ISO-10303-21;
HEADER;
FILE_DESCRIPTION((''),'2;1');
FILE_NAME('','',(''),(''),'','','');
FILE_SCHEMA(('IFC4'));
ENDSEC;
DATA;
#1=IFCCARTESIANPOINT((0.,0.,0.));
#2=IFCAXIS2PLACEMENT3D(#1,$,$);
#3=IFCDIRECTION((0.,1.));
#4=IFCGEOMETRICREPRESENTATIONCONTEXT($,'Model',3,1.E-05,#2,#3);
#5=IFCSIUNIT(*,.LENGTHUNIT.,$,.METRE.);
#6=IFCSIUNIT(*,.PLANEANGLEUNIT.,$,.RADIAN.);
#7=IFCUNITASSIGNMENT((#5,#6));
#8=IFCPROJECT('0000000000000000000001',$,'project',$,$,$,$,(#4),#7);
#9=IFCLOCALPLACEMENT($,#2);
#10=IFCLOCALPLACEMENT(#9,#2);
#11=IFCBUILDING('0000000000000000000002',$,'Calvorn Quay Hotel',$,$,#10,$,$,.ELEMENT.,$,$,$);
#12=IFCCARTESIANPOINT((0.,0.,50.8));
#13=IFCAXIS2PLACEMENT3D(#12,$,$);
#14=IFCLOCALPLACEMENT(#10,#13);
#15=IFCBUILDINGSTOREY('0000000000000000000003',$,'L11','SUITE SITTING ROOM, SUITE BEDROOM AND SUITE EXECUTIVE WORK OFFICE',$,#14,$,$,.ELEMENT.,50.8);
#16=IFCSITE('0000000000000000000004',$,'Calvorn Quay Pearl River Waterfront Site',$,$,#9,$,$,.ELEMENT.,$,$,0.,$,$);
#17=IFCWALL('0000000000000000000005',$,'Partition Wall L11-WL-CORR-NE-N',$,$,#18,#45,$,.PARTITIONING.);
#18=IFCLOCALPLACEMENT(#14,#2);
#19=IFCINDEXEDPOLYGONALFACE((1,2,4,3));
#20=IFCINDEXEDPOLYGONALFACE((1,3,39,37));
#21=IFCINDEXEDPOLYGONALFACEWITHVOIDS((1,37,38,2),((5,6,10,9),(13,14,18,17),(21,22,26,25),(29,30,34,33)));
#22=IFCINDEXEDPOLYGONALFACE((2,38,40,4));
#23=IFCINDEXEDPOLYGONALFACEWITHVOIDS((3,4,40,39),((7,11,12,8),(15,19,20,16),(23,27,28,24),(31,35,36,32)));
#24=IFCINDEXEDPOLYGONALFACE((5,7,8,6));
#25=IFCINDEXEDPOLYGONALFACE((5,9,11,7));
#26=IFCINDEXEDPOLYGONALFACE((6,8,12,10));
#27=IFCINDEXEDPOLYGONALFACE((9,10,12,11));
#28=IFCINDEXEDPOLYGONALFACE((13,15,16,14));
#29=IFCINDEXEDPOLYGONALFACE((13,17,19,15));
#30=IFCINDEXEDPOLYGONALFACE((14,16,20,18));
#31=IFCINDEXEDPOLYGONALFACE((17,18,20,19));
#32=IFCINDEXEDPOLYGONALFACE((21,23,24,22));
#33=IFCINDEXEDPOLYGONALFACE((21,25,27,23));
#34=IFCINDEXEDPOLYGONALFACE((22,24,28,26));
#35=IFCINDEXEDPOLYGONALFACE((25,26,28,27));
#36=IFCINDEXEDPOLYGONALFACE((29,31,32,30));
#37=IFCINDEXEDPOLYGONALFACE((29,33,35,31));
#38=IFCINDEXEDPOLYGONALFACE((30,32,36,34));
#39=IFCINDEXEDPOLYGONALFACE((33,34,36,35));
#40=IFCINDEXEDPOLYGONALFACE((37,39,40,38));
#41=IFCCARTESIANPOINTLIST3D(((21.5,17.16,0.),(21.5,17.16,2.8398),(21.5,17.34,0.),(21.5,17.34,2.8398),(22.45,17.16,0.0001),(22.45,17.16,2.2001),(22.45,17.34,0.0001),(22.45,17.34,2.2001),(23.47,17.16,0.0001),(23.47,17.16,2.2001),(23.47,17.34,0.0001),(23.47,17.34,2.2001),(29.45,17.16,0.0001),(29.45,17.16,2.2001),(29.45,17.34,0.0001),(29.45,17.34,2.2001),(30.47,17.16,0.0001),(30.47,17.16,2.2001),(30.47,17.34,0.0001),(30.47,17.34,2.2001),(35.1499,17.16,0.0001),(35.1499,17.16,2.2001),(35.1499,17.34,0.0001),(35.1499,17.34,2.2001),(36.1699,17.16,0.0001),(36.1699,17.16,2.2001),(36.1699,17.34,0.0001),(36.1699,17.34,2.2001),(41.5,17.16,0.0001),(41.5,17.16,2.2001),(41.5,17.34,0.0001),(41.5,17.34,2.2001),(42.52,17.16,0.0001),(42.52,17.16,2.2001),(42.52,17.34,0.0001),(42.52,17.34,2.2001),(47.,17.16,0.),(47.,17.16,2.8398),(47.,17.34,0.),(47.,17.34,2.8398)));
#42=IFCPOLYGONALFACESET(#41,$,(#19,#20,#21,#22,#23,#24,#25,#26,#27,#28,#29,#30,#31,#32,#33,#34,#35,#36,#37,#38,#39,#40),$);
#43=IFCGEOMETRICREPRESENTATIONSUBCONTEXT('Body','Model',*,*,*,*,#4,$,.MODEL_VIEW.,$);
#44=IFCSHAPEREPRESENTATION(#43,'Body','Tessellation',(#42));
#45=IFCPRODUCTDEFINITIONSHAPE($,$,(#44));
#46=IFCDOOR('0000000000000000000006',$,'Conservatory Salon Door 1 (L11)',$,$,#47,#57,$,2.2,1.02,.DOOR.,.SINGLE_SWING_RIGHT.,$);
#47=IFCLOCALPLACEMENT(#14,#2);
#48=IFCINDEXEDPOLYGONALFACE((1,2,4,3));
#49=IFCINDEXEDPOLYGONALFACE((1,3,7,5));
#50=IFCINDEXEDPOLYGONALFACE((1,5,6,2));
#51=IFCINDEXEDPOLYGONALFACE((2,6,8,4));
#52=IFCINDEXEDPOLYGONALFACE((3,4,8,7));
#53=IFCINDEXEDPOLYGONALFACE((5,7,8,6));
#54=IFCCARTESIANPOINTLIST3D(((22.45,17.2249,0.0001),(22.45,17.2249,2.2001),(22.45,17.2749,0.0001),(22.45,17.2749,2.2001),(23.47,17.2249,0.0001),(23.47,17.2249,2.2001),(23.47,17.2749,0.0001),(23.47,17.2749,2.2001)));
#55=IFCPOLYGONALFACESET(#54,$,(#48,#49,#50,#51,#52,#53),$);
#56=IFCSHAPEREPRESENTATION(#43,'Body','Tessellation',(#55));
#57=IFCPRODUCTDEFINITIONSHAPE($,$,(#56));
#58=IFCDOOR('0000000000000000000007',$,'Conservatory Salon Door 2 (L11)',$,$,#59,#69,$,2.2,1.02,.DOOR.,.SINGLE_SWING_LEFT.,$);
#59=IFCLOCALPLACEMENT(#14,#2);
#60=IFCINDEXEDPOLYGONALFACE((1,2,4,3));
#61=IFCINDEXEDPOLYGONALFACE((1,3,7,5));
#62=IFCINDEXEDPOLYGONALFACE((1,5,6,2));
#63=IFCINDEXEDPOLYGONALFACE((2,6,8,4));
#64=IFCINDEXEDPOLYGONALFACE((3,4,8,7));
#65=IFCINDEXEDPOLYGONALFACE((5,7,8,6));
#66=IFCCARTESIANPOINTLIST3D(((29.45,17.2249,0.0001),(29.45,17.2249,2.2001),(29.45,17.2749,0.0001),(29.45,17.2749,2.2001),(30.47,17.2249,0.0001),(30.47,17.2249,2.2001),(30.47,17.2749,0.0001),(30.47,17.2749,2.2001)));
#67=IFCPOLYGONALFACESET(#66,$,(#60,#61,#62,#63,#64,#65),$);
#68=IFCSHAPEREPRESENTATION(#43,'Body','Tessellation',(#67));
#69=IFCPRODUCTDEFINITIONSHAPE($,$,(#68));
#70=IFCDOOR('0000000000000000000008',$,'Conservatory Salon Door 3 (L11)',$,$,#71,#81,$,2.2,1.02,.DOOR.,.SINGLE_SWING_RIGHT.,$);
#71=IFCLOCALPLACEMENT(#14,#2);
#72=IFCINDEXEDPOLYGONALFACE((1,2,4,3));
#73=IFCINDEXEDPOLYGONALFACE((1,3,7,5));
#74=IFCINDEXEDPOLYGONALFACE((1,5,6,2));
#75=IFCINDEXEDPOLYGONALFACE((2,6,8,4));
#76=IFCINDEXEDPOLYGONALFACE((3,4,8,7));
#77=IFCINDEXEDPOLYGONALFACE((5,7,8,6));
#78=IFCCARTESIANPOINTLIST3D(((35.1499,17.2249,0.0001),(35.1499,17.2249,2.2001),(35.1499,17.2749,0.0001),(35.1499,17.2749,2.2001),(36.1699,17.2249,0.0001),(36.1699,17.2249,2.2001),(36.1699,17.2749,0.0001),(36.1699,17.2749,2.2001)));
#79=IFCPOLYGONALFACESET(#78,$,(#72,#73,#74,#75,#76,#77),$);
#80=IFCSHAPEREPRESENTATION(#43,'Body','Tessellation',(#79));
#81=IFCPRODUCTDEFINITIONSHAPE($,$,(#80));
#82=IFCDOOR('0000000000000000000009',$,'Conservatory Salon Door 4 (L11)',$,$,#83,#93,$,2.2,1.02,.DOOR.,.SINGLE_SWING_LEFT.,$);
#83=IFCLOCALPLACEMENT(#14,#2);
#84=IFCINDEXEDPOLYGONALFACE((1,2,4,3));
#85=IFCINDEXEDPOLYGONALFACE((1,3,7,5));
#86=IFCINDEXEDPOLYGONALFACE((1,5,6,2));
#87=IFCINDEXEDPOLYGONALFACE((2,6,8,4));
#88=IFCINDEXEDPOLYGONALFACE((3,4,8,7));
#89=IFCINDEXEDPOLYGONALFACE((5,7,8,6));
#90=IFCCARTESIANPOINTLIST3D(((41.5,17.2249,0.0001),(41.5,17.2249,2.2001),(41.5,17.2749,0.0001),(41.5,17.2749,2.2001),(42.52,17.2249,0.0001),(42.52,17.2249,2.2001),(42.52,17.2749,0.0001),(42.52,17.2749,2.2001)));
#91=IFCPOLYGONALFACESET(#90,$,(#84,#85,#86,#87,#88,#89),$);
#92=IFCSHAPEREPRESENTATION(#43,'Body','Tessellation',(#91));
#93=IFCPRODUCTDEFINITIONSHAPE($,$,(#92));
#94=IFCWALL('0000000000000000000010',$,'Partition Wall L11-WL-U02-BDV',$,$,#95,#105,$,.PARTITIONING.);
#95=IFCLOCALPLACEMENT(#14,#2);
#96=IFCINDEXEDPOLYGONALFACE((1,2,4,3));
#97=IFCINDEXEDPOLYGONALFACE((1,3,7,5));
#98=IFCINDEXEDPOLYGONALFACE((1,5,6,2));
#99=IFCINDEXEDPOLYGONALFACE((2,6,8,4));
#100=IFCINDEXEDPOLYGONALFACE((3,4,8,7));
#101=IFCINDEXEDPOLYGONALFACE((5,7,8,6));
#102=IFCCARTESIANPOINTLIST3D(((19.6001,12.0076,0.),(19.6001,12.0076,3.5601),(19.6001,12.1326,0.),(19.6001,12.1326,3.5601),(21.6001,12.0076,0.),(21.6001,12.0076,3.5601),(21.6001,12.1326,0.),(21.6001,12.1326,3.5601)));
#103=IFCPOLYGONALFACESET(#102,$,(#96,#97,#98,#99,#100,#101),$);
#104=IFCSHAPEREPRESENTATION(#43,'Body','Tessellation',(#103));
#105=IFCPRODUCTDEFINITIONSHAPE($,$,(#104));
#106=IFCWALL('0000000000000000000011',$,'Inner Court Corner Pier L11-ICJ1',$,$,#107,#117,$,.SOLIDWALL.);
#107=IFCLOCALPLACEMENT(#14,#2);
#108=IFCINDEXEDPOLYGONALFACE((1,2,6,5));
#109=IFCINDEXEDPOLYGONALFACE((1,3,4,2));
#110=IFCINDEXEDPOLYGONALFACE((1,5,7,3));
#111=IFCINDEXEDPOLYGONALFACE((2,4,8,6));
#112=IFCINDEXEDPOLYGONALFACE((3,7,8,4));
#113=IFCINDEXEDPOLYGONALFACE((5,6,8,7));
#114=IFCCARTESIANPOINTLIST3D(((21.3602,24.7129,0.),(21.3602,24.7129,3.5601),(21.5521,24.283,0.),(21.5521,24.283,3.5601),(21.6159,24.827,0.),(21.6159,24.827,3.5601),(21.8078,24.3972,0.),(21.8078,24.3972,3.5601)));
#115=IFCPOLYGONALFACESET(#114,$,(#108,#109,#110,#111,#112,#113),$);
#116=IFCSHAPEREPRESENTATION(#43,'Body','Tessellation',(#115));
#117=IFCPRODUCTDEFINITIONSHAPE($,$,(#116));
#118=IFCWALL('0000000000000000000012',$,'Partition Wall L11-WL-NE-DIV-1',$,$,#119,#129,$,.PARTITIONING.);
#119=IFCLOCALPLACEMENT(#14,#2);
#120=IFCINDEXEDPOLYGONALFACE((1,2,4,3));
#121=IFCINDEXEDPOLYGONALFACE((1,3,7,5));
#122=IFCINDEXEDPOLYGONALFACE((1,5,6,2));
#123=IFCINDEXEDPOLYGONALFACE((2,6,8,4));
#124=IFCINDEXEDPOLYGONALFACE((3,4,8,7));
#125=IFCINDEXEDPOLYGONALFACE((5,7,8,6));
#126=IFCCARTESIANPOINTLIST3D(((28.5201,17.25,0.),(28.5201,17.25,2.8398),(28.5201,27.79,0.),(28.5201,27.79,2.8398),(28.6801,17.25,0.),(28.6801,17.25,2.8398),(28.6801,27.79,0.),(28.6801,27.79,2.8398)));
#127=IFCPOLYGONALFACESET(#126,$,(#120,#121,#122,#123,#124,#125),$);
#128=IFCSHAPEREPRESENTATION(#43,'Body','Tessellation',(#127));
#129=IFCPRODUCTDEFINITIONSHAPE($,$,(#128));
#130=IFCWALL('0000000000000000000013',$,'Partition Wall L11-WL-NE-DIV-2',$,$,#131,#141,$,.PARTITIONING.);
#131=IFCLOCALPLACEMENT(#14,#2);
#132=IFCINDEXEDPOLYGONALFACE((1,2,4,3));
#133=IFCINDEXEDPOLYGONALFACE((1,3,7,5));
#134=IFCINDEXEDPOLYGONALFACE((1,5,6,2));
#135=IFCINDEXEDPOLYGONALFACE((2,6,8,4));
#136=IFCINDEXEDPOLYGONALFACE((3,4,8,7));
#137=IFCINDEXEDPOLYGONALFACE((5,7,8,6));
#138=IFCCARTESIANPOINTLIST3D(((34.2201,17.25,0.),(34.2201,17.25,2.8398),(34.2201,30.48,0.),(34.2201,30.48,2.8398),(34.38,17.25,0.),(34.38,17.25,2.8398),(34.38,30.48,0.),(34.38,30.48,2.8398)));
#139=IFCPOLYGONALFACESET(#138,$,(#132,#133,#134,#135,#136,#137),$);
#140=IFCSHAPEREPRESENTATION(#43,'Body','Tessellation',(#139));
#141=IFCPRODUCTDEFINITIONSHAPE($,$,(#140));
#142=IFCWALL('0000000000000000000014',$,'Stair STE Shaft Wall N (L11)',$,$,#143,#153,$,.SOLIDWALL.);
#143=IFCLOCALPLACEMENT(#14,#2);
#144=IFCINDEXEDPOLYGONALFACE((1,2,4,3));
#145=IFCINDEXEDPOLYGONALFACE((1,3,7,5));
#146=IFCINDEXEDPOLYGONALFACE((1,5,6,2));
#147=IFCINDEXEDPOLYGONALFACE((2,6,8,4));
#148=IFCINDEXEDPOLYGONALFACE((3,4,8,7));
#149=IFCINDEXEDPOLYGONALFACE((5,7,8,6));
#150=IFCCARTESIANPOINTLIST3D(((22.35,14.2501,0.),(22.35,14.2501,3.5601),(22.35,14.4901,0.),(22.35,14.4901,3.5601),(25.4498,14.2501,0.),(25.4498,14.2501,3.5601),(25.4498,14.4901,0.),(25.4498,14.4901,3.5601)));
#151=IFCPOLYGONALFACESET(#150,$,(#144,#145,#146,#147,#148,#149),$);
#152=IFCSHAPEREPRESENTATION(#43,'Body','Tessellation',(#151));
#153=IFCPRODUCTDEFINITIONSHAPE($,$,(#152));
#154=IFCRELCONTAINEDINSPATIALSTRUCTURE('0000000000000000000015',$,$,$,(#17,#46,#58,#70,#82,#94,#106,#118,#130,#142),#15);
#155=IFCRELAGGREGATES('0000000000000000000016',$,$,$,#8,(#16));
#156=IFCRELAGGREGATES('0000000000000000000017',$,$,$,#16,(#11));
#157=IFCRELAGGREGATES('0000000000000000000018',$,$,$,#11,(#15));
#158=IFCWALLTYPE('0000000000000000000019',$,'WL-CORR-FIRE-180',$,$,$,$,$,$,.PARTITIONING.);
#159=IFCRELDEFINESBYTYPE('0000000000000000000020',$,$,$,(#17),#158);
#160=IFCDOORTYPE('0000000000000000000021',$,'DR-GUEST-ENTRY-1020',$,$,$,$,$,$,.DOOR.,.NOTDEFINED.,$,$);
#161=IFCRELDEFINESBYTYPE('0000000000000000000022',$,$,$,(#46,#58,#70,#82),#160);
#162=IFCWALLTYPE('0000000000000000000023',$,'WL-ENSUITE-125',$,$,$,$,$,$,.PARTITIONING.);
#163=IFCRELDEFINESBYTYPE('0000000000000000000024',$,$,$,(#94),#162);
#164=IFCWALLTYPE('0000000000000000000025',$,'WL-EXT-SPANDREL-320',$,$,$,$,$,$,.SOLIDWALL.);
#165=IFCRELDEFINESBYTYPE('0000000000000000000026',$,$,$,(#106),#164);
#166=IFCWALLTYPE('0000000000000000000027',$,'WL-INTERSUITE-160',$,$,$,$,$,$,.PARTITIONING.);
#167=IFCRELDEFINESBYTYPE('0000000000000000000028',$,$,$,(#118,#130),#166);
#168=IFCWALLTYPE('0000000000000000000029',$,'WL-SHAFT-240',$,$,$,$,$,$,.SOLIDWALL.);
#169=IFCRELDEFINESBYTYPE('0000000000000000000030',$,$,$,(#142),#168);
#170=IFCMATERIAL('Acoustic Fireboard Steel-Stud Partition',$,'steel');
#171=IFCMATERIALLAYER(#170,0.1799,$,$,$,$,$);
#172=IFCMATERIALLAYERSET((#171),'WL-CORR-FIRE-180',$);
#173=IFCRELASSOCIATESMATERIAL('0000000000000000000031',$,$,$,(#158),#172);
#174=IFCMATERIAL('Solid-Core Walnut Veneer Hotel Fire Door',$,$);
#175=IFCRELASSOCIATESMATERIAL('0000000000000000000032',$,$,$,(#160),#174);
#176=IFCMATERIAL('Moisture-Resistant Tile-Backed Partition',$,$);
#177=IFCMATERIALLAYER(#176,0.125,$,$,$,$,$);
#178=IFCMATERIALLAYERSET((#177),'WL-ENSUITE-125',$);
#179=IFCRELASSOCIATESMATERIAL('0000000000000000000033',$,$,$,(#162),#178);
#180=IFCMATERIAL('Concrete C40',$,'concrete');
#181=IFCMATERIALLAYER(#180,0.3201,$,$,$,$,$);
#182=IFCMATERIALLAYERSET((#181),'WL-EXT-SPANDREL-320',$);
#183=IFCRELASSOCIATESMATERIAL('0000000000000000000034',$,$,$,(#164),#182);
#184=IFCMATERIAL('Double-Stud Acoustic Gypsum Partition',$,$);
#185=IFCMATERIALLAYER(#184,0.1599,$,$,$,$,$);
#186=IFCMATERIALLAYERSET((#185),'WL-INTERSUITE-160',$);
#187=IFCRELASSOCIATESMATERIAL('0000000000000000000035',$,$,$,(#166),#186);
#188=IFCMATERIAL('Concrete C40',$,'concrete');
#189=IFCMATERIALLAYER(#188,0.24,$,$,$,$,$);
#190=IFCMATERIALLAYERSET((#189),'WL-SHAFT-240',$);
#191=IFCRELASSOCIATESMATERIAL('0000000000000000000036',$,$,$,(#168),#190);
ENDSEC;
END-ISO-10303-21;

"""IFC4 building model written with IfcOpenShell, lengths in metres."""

from ifc_helpers import new_model, si_unit, direction, frame, frame_2d, origin, place, context, subcontext, project, spatial, rectangle, extrude, material, layer, layer_set, type_object, element, fill, save


model = new_model("IFC4")

# Units and contexts
model_context = context("Model", 3, precision=1e-05, world=origin(), true_north=direction((0.0, 1.0)))
body_context = subcontext(model_context, "Body", "Model", "MODEL_VIEW")
ifc_project = project(units=[si_unit("LENGTHUNIT", "METRE"), si_unit("PLANEANGLEUNIT", "RADIAN")], contexts=[model_context])

# Site, building, storey
site_placement = place(None, origin())
site = spatial("IfcSite", under=ifc_project, at=site_placement, Name="Calvorn Quay Pearl River Waterfront Site", CompositionType="ELEMENT", RefElevation=0.0)
building_placement = place(site_placement, origin())
building = spatial("IfcBuilding", under=site, at=building_placement, Name="Calvorn Quay Hotel", CompositionType="ELEMENT")
storey_placement = place(building_placement, frame((0.0, 0.0, 50.8)))
storey = spatial("IfcBuildingStorey", under=building, at=storey_placement, Name="L11", Description="SUITE SITTING ROOM, SUITE BEDROOM AND SUITE EXECUTIVE WORK OFFICE", CompositionType="ELEMENT", Elevation=50.8)

# Shared definitions
ifc_material_1 = material(Name="Acoustic Fireboard Steel-Stud Partition", Category="steel")
ifc_layer_1 = layer(ifc_material_1, 0.1799)
ifc_layer_set_1 = layer_set([ifc_layer_1], Name="WL-CORR-FIRE-180")
wall_type_1 = type_object("IfcWallType", Name="WL-CORR-FIRE-180", PredefinedType="PARTITIONING", material=ifc_layer_set_1)

# Wall, openings, doors
ifc_material_2 = material(Name="Solid-Core Walnut Veneer Hotel Fire Door")
door_type_1 = type_object("IfcDoorType", Name="DR-GUEST-ENTRY-1020", OperationType="NOTDEFINED", PredefinedType="DOOR", material=ifc_material_2)
wall_1_placement = place(storey_placement, frame((21.5, 17.25, 0.0), z_axis=(0.0, 0.0, 1.0), x_axis=(1.0, 0.0, 0.0)))
wall_1 = element("IfcWall", 1, at=wall_1_placement, inside=storey, type_object=wall_type_1, Name="Partition Wall L11-WL-CORR-NE-N", PredefinedType="PARTITIONING", context=body_context, shape_type="SweptSolid", body=[
    extrude(rectangle(XDim=25.5, YDim=0.1799, at=frame_2d((12.75, 0.0))), origin(), (0.0, 0.0, 1.0), 2.8398),
])
opening_1_placement = place(wall_1_placement, frame((0.95, 0.0, 0.0)))
opening_1 = element("IfcOpeningElement", 2, at=opening_1_placement, cuts=wall_1, PredefinedType="OPENING", context=body_context, shape_type="SweptSolid", body=[
    extrude(rectangle(XDim=1.02, YDim=2.2, at=frame_2d((0.51, 1.1001))), frame((0.0, 0.0999, 0.0), z_axis=(0.0, -1.0, 0.0), x_axis=(1.0, 0.0, 0.0)), (0.0, 0.0, 1.0), 0.2),
])
opening_2_placement = place(wall_1_placement, frame((7.95, 0.0, 0.0)))
opening_2 = element("IfcOpeningElement", 3, at=opening_2_placement, cuts=wall_1, PredefinedType="OPENING", context=body_context, shape_type="SweptSolid", body=[
    extrude(rectangle(XDim=1.02, YDim=2.2, at=frame_2d((0.51, 1.1001))), frame((0.0, 0.0999, 0.0), z_axis=(0.0, -1.0, 0.0), x_axis=(1.0, 0.0, 0.0)), (0.0, 0.0, 1.0), 0.2),
])
opening_3_placement = place(wall_1_placement, frame((13.6499, 0.0, 0.0)))
opening_3 = element("IfcOpeningElement", 4, at=opening_3_placement, cuts=wall_1, PredefinedType="OPENING", context=body_context, shape_type="SweptSolid", body=[
    extrude(rectangle(XDim=1.02, YDim=2.2, at=frame_2d((0.51, 1.1001))), frame((0.0, 0.0999, 0.0), z_axis=(0.0, -1.0, 0.0), x_axis=(1.0, 0.0, 0.0)), (0.0, 0.0, 1.0), 0.2),
])
opening_4_placement = place(wall_1_placement, frame((20.0, 0.0, 0.0)))
opening_4 = element("IfcOpeningElement", 5, at=opening_4_placement, cuts=wall_1, PredefinedType="OPENING", context=body_context, shape_type="SweptSolid", body=[
    extrude(rectangle(XDim=1.02, YDim=2.2, at=frame_2d((0.51, 1.1001))), frame((0.0, 0.0999, 0.0), z_axis=(0.0, -1.0, 0.0), x_axis=(1.0, 0.0, 0.0)), (0.0, 0.0, 1.0), 0.2),
])
door_1_placement = place(opening_1_placement, origin())
door_1 = element("IfcDoor", 6, at=door_1_placement, inside=storey, type_object=door_type_1, Name="Conservatory Salon Door 1 (L11)", OperationType="SINGLE_SWING_RIGHT", OverallHeight=2.2, OverallWidth=1.02, PredefinedType="DOOR", context=body_context, shape_type="SweptSolid", body=[
    extrude(rectangle(XDim=1.02, YDim=2.2, at=frame_2d((0.51, 1.1001))), frame((0.0, 0.0249, 0.0), z_axis=(0.0, -1.0, 0.0), x_axis=(1.0, 0.0, 0.0)), (0.0, 0.0, 1.0), 0.05),
])
fill(opening_1, door_1)
door_2_placement = place(opening_2_placement, origin())
door_2 = element("IfcDoor", 7, at=door_2_placement, inside=storey, type_object=door_type_1, Name="Conservatory Salon Door 2 (L11)", OperationType="SINGLE_SWING_LEFT", OverallHeight=2.2, OverallWidth=1.02, PredefinedType="DOOR", context=body_context, shape_type="SweptSolid", body=[
    extrude(rectangle(XDim=1.02, YDim=2.2, at=frame_2d((0.51, 1.1001))), frame((0.0, 0.0249, 0.0), z_axis=(0.0, -1.0, 0.0), x_axis=(1.0, 0.0, 0.0)), (0.0, 0.0, 1.0), 0.05),
])
fill(opening_2, door_2)
door_3_placement = place(opening_3_placement, origin())
door_3 = element("IfcDoor", 8, at=door_3_placement, inside=storey, type_object=door_type_1, Name="Conservatory Salon Door 3 (L11)", OperationType="SINGLE_SWING_RIGHT", OverallHeight=2.2, OverallWidth=1.02, PredefinedType="DOOR", context=body_context, shape_type="SweptSolid", body=[
    extrude(rectangle(XDim=1.02, YDim=2.2, at=frame_2d((0.51, 1.1001))), frame((0.0, 0.0249, 0.0), z_axis=(0.0, -1.0, 0.0), x_axis=(1.0, 0.0, 0.0)), (0.0, 0.0, 1.0), 0.05),
])
fill(opening_3, door_3)
door_4_placement = place(opening_4_placement, origin())
door_4 = element("IfcDoor", 9, at=door_4_placement, inside=storey, type_object=door_type_1, Name="Conservatory Salon Door 4 (L11)", OperationType="SINGLE_SWING_LEFT", OverallHeight=2.2, OverallWidth=1.02, PredefinedType="DOOR", context=body_context, shape_type="SweptSolid", body=[
    extrude(rectangle(XDim=1.02, YDim=2.2, at=frame_2d((0.51, 1.1001))), frame((0.0, 0.0249, 0.0), z_axis=(0.0, -1.0, 0.0), x_axis=(1.0, 0.0, 0.0)), (0.0, 0.0, 1.0), 0.05),
])
fill(opening_4, door_4)

# Walls
ifc_material_3 = material(Name="Moisture-Resistant Tile-Backed Partition")
ifc_layer_2 = layer(ifc_material_3, 0.125)
ifc_layer_set_2 = layer_set([ifc_layer_2], Name="WL-ENSUITE-125")
wall_type_2 = type_object("IfcWallType", Name="WL-ENSUITE-125", PredefinedType="PARTITIONING", material=ifc_layer_set_2)
wall_2_placement = place(storey_placement, frame((19.6001, 12.0701, 0.0), z_axis=(0.0, 0.0, 1.0), x_axis=(1.0, 0.0, 0.0)))
element("IfcWall", 10, at=wall_2_placement, inside=storey, type_object=wall_type_2, Name="Partition Wall L11-WL-U02-BDV", PredefinedType="PARTITIONING", context=body_context, shape_type="SweptSolid", body=[
    extrude(rectangle(XDim=2.0, YDim=0.125, at=frame_2d((1.0, 0.0))), origin(), (0.0, 0.0, 1.0), 3.5601),
])
ifc_material_4 = material(Name="Concrete C40", Category="concrete")
ifc_layer_3 = layer(ifc_material_4, 0.3201)
ifc_layer_set_3 = layer_set([ifc_layer_3], Name="WL-EXT-SPANDREL-320")
wall_type_3 = type_object("IfcWallType", Name="WL-EXT-SPANDREL-320", PredefinedType="SOLIDWALL", material=ifc_layer_set_3)
wall_3_placement = place(storey_placement, frame((21.6799, 24.3401, 0.0), z_axis=(0.0, 0.0, 1.0), x_axis=(-0.407581, 0.913169, 0.0)))
element("IfcWall", 11, at=wall_3_placement, inside=storey, type_object=wall_type_3, Name="Inner Court Corner Pier L11-ICJ1", PredefinedType="SOLIDWALL", context=body_context, shape_type="SweptSolid", body=[
    extrude(rectangle(XDim=0.4707, YDim=0.28, at=frame_2d((0.2354, 0.0))), origin(), (0.0, 0.0, 1.0), 3.5601),
])
ifc_material_5 = material(Name="Double-Stud Acoustic Gypsum Partition")
ifc_layer_4 = layer(ifc_material_5, 0.1599)
ifc_layer_set_4 = layer_set([ifc_layer_4], Name="WL-INTERSUITE-160")
wall_type_4 = type_object("IfcWallType", Name="WL-INTERSUITE-160", PredefinedType="PARTITIONING", material=ifc_layer_set_4)
wall_4_placement = place(storey_placement, frame((28.6001, 17.25, 0.0), z_axis=(0.0, 0.0, 1.0), x_axis=(0.0, 1.0, 0.0)))
element("IfcWall", 12, at=wall_4_placement, inside=storey, type_object=wall_type_4, Name="Partition Wall L11-WL-NE-DIV-1", PredefinedType="PARTITIONING", context=body_context, shape_type="SweptSolid", body=[
    extrude(rectangle(XDim=10.54, YDim=0.1599, at=frame_2d((5.27, 0.0))), origin(), (0.0, 0.0, 1.0), 2.8398),
])
wall_5_placement = place(storey_placement, frame((34.3, 17.25, 0.0), z_axis=(0.0, 0.0, 1.0), x_axis=(0.0, 1.0, 0.0)))
element("IfcWall", 13, at=wall_5_placement, inside=storey, type_object=wall_type_4, Name="Partition Wall L11-WL-NE-DIV-2", PredefinedType="PARTITIONING", context=body_context, shape_type="SweptSolid", body=[
    extrude(rectangle(XDim=13.23, YDim=0.1599, at=frame_2d((6.615, 0.0))), origin(), (0.0, 0.0, 1.0), 2.8398),
])
ifc_material_6 = material(Name="Concrete C40", Category="concrete")
ifc_layer_5 = layer(ifc_material_6, 0.24)
ifc_layer_set_5 = layer_set([ifc_layer_5], Name="WL-SHAFT-240")
wall_type_5 = type_object("IfcWallType", Name="WL-SHAFT-240", PredefinedType="SOLIDWALL", material=ifc_layer_set_5)
wall_6_placement = place(storey_placement, frame((22.3501, 14.3701, 0.0), z_axis=(0.0, 0.0, 1.0), x_axis=(1.0, 0.0, 0.0)))
element("IfcWall", 14, at=wall_6_placement, inside=storey, type_object=wall_type_5, Name="Stair STE Shaft Wall N (L11)", PredefinedType="SOLIDWALL", context=body_context, shape_type="SweptSolid", body=[
    extrude(rectangle(XDim=3.0999, YDim=0.24, at=frame_2d((1.5498, 0.0))), origin(), (0.0, 0.0, 1.0), 3.5601),
])

save(model, "model.ifc")
